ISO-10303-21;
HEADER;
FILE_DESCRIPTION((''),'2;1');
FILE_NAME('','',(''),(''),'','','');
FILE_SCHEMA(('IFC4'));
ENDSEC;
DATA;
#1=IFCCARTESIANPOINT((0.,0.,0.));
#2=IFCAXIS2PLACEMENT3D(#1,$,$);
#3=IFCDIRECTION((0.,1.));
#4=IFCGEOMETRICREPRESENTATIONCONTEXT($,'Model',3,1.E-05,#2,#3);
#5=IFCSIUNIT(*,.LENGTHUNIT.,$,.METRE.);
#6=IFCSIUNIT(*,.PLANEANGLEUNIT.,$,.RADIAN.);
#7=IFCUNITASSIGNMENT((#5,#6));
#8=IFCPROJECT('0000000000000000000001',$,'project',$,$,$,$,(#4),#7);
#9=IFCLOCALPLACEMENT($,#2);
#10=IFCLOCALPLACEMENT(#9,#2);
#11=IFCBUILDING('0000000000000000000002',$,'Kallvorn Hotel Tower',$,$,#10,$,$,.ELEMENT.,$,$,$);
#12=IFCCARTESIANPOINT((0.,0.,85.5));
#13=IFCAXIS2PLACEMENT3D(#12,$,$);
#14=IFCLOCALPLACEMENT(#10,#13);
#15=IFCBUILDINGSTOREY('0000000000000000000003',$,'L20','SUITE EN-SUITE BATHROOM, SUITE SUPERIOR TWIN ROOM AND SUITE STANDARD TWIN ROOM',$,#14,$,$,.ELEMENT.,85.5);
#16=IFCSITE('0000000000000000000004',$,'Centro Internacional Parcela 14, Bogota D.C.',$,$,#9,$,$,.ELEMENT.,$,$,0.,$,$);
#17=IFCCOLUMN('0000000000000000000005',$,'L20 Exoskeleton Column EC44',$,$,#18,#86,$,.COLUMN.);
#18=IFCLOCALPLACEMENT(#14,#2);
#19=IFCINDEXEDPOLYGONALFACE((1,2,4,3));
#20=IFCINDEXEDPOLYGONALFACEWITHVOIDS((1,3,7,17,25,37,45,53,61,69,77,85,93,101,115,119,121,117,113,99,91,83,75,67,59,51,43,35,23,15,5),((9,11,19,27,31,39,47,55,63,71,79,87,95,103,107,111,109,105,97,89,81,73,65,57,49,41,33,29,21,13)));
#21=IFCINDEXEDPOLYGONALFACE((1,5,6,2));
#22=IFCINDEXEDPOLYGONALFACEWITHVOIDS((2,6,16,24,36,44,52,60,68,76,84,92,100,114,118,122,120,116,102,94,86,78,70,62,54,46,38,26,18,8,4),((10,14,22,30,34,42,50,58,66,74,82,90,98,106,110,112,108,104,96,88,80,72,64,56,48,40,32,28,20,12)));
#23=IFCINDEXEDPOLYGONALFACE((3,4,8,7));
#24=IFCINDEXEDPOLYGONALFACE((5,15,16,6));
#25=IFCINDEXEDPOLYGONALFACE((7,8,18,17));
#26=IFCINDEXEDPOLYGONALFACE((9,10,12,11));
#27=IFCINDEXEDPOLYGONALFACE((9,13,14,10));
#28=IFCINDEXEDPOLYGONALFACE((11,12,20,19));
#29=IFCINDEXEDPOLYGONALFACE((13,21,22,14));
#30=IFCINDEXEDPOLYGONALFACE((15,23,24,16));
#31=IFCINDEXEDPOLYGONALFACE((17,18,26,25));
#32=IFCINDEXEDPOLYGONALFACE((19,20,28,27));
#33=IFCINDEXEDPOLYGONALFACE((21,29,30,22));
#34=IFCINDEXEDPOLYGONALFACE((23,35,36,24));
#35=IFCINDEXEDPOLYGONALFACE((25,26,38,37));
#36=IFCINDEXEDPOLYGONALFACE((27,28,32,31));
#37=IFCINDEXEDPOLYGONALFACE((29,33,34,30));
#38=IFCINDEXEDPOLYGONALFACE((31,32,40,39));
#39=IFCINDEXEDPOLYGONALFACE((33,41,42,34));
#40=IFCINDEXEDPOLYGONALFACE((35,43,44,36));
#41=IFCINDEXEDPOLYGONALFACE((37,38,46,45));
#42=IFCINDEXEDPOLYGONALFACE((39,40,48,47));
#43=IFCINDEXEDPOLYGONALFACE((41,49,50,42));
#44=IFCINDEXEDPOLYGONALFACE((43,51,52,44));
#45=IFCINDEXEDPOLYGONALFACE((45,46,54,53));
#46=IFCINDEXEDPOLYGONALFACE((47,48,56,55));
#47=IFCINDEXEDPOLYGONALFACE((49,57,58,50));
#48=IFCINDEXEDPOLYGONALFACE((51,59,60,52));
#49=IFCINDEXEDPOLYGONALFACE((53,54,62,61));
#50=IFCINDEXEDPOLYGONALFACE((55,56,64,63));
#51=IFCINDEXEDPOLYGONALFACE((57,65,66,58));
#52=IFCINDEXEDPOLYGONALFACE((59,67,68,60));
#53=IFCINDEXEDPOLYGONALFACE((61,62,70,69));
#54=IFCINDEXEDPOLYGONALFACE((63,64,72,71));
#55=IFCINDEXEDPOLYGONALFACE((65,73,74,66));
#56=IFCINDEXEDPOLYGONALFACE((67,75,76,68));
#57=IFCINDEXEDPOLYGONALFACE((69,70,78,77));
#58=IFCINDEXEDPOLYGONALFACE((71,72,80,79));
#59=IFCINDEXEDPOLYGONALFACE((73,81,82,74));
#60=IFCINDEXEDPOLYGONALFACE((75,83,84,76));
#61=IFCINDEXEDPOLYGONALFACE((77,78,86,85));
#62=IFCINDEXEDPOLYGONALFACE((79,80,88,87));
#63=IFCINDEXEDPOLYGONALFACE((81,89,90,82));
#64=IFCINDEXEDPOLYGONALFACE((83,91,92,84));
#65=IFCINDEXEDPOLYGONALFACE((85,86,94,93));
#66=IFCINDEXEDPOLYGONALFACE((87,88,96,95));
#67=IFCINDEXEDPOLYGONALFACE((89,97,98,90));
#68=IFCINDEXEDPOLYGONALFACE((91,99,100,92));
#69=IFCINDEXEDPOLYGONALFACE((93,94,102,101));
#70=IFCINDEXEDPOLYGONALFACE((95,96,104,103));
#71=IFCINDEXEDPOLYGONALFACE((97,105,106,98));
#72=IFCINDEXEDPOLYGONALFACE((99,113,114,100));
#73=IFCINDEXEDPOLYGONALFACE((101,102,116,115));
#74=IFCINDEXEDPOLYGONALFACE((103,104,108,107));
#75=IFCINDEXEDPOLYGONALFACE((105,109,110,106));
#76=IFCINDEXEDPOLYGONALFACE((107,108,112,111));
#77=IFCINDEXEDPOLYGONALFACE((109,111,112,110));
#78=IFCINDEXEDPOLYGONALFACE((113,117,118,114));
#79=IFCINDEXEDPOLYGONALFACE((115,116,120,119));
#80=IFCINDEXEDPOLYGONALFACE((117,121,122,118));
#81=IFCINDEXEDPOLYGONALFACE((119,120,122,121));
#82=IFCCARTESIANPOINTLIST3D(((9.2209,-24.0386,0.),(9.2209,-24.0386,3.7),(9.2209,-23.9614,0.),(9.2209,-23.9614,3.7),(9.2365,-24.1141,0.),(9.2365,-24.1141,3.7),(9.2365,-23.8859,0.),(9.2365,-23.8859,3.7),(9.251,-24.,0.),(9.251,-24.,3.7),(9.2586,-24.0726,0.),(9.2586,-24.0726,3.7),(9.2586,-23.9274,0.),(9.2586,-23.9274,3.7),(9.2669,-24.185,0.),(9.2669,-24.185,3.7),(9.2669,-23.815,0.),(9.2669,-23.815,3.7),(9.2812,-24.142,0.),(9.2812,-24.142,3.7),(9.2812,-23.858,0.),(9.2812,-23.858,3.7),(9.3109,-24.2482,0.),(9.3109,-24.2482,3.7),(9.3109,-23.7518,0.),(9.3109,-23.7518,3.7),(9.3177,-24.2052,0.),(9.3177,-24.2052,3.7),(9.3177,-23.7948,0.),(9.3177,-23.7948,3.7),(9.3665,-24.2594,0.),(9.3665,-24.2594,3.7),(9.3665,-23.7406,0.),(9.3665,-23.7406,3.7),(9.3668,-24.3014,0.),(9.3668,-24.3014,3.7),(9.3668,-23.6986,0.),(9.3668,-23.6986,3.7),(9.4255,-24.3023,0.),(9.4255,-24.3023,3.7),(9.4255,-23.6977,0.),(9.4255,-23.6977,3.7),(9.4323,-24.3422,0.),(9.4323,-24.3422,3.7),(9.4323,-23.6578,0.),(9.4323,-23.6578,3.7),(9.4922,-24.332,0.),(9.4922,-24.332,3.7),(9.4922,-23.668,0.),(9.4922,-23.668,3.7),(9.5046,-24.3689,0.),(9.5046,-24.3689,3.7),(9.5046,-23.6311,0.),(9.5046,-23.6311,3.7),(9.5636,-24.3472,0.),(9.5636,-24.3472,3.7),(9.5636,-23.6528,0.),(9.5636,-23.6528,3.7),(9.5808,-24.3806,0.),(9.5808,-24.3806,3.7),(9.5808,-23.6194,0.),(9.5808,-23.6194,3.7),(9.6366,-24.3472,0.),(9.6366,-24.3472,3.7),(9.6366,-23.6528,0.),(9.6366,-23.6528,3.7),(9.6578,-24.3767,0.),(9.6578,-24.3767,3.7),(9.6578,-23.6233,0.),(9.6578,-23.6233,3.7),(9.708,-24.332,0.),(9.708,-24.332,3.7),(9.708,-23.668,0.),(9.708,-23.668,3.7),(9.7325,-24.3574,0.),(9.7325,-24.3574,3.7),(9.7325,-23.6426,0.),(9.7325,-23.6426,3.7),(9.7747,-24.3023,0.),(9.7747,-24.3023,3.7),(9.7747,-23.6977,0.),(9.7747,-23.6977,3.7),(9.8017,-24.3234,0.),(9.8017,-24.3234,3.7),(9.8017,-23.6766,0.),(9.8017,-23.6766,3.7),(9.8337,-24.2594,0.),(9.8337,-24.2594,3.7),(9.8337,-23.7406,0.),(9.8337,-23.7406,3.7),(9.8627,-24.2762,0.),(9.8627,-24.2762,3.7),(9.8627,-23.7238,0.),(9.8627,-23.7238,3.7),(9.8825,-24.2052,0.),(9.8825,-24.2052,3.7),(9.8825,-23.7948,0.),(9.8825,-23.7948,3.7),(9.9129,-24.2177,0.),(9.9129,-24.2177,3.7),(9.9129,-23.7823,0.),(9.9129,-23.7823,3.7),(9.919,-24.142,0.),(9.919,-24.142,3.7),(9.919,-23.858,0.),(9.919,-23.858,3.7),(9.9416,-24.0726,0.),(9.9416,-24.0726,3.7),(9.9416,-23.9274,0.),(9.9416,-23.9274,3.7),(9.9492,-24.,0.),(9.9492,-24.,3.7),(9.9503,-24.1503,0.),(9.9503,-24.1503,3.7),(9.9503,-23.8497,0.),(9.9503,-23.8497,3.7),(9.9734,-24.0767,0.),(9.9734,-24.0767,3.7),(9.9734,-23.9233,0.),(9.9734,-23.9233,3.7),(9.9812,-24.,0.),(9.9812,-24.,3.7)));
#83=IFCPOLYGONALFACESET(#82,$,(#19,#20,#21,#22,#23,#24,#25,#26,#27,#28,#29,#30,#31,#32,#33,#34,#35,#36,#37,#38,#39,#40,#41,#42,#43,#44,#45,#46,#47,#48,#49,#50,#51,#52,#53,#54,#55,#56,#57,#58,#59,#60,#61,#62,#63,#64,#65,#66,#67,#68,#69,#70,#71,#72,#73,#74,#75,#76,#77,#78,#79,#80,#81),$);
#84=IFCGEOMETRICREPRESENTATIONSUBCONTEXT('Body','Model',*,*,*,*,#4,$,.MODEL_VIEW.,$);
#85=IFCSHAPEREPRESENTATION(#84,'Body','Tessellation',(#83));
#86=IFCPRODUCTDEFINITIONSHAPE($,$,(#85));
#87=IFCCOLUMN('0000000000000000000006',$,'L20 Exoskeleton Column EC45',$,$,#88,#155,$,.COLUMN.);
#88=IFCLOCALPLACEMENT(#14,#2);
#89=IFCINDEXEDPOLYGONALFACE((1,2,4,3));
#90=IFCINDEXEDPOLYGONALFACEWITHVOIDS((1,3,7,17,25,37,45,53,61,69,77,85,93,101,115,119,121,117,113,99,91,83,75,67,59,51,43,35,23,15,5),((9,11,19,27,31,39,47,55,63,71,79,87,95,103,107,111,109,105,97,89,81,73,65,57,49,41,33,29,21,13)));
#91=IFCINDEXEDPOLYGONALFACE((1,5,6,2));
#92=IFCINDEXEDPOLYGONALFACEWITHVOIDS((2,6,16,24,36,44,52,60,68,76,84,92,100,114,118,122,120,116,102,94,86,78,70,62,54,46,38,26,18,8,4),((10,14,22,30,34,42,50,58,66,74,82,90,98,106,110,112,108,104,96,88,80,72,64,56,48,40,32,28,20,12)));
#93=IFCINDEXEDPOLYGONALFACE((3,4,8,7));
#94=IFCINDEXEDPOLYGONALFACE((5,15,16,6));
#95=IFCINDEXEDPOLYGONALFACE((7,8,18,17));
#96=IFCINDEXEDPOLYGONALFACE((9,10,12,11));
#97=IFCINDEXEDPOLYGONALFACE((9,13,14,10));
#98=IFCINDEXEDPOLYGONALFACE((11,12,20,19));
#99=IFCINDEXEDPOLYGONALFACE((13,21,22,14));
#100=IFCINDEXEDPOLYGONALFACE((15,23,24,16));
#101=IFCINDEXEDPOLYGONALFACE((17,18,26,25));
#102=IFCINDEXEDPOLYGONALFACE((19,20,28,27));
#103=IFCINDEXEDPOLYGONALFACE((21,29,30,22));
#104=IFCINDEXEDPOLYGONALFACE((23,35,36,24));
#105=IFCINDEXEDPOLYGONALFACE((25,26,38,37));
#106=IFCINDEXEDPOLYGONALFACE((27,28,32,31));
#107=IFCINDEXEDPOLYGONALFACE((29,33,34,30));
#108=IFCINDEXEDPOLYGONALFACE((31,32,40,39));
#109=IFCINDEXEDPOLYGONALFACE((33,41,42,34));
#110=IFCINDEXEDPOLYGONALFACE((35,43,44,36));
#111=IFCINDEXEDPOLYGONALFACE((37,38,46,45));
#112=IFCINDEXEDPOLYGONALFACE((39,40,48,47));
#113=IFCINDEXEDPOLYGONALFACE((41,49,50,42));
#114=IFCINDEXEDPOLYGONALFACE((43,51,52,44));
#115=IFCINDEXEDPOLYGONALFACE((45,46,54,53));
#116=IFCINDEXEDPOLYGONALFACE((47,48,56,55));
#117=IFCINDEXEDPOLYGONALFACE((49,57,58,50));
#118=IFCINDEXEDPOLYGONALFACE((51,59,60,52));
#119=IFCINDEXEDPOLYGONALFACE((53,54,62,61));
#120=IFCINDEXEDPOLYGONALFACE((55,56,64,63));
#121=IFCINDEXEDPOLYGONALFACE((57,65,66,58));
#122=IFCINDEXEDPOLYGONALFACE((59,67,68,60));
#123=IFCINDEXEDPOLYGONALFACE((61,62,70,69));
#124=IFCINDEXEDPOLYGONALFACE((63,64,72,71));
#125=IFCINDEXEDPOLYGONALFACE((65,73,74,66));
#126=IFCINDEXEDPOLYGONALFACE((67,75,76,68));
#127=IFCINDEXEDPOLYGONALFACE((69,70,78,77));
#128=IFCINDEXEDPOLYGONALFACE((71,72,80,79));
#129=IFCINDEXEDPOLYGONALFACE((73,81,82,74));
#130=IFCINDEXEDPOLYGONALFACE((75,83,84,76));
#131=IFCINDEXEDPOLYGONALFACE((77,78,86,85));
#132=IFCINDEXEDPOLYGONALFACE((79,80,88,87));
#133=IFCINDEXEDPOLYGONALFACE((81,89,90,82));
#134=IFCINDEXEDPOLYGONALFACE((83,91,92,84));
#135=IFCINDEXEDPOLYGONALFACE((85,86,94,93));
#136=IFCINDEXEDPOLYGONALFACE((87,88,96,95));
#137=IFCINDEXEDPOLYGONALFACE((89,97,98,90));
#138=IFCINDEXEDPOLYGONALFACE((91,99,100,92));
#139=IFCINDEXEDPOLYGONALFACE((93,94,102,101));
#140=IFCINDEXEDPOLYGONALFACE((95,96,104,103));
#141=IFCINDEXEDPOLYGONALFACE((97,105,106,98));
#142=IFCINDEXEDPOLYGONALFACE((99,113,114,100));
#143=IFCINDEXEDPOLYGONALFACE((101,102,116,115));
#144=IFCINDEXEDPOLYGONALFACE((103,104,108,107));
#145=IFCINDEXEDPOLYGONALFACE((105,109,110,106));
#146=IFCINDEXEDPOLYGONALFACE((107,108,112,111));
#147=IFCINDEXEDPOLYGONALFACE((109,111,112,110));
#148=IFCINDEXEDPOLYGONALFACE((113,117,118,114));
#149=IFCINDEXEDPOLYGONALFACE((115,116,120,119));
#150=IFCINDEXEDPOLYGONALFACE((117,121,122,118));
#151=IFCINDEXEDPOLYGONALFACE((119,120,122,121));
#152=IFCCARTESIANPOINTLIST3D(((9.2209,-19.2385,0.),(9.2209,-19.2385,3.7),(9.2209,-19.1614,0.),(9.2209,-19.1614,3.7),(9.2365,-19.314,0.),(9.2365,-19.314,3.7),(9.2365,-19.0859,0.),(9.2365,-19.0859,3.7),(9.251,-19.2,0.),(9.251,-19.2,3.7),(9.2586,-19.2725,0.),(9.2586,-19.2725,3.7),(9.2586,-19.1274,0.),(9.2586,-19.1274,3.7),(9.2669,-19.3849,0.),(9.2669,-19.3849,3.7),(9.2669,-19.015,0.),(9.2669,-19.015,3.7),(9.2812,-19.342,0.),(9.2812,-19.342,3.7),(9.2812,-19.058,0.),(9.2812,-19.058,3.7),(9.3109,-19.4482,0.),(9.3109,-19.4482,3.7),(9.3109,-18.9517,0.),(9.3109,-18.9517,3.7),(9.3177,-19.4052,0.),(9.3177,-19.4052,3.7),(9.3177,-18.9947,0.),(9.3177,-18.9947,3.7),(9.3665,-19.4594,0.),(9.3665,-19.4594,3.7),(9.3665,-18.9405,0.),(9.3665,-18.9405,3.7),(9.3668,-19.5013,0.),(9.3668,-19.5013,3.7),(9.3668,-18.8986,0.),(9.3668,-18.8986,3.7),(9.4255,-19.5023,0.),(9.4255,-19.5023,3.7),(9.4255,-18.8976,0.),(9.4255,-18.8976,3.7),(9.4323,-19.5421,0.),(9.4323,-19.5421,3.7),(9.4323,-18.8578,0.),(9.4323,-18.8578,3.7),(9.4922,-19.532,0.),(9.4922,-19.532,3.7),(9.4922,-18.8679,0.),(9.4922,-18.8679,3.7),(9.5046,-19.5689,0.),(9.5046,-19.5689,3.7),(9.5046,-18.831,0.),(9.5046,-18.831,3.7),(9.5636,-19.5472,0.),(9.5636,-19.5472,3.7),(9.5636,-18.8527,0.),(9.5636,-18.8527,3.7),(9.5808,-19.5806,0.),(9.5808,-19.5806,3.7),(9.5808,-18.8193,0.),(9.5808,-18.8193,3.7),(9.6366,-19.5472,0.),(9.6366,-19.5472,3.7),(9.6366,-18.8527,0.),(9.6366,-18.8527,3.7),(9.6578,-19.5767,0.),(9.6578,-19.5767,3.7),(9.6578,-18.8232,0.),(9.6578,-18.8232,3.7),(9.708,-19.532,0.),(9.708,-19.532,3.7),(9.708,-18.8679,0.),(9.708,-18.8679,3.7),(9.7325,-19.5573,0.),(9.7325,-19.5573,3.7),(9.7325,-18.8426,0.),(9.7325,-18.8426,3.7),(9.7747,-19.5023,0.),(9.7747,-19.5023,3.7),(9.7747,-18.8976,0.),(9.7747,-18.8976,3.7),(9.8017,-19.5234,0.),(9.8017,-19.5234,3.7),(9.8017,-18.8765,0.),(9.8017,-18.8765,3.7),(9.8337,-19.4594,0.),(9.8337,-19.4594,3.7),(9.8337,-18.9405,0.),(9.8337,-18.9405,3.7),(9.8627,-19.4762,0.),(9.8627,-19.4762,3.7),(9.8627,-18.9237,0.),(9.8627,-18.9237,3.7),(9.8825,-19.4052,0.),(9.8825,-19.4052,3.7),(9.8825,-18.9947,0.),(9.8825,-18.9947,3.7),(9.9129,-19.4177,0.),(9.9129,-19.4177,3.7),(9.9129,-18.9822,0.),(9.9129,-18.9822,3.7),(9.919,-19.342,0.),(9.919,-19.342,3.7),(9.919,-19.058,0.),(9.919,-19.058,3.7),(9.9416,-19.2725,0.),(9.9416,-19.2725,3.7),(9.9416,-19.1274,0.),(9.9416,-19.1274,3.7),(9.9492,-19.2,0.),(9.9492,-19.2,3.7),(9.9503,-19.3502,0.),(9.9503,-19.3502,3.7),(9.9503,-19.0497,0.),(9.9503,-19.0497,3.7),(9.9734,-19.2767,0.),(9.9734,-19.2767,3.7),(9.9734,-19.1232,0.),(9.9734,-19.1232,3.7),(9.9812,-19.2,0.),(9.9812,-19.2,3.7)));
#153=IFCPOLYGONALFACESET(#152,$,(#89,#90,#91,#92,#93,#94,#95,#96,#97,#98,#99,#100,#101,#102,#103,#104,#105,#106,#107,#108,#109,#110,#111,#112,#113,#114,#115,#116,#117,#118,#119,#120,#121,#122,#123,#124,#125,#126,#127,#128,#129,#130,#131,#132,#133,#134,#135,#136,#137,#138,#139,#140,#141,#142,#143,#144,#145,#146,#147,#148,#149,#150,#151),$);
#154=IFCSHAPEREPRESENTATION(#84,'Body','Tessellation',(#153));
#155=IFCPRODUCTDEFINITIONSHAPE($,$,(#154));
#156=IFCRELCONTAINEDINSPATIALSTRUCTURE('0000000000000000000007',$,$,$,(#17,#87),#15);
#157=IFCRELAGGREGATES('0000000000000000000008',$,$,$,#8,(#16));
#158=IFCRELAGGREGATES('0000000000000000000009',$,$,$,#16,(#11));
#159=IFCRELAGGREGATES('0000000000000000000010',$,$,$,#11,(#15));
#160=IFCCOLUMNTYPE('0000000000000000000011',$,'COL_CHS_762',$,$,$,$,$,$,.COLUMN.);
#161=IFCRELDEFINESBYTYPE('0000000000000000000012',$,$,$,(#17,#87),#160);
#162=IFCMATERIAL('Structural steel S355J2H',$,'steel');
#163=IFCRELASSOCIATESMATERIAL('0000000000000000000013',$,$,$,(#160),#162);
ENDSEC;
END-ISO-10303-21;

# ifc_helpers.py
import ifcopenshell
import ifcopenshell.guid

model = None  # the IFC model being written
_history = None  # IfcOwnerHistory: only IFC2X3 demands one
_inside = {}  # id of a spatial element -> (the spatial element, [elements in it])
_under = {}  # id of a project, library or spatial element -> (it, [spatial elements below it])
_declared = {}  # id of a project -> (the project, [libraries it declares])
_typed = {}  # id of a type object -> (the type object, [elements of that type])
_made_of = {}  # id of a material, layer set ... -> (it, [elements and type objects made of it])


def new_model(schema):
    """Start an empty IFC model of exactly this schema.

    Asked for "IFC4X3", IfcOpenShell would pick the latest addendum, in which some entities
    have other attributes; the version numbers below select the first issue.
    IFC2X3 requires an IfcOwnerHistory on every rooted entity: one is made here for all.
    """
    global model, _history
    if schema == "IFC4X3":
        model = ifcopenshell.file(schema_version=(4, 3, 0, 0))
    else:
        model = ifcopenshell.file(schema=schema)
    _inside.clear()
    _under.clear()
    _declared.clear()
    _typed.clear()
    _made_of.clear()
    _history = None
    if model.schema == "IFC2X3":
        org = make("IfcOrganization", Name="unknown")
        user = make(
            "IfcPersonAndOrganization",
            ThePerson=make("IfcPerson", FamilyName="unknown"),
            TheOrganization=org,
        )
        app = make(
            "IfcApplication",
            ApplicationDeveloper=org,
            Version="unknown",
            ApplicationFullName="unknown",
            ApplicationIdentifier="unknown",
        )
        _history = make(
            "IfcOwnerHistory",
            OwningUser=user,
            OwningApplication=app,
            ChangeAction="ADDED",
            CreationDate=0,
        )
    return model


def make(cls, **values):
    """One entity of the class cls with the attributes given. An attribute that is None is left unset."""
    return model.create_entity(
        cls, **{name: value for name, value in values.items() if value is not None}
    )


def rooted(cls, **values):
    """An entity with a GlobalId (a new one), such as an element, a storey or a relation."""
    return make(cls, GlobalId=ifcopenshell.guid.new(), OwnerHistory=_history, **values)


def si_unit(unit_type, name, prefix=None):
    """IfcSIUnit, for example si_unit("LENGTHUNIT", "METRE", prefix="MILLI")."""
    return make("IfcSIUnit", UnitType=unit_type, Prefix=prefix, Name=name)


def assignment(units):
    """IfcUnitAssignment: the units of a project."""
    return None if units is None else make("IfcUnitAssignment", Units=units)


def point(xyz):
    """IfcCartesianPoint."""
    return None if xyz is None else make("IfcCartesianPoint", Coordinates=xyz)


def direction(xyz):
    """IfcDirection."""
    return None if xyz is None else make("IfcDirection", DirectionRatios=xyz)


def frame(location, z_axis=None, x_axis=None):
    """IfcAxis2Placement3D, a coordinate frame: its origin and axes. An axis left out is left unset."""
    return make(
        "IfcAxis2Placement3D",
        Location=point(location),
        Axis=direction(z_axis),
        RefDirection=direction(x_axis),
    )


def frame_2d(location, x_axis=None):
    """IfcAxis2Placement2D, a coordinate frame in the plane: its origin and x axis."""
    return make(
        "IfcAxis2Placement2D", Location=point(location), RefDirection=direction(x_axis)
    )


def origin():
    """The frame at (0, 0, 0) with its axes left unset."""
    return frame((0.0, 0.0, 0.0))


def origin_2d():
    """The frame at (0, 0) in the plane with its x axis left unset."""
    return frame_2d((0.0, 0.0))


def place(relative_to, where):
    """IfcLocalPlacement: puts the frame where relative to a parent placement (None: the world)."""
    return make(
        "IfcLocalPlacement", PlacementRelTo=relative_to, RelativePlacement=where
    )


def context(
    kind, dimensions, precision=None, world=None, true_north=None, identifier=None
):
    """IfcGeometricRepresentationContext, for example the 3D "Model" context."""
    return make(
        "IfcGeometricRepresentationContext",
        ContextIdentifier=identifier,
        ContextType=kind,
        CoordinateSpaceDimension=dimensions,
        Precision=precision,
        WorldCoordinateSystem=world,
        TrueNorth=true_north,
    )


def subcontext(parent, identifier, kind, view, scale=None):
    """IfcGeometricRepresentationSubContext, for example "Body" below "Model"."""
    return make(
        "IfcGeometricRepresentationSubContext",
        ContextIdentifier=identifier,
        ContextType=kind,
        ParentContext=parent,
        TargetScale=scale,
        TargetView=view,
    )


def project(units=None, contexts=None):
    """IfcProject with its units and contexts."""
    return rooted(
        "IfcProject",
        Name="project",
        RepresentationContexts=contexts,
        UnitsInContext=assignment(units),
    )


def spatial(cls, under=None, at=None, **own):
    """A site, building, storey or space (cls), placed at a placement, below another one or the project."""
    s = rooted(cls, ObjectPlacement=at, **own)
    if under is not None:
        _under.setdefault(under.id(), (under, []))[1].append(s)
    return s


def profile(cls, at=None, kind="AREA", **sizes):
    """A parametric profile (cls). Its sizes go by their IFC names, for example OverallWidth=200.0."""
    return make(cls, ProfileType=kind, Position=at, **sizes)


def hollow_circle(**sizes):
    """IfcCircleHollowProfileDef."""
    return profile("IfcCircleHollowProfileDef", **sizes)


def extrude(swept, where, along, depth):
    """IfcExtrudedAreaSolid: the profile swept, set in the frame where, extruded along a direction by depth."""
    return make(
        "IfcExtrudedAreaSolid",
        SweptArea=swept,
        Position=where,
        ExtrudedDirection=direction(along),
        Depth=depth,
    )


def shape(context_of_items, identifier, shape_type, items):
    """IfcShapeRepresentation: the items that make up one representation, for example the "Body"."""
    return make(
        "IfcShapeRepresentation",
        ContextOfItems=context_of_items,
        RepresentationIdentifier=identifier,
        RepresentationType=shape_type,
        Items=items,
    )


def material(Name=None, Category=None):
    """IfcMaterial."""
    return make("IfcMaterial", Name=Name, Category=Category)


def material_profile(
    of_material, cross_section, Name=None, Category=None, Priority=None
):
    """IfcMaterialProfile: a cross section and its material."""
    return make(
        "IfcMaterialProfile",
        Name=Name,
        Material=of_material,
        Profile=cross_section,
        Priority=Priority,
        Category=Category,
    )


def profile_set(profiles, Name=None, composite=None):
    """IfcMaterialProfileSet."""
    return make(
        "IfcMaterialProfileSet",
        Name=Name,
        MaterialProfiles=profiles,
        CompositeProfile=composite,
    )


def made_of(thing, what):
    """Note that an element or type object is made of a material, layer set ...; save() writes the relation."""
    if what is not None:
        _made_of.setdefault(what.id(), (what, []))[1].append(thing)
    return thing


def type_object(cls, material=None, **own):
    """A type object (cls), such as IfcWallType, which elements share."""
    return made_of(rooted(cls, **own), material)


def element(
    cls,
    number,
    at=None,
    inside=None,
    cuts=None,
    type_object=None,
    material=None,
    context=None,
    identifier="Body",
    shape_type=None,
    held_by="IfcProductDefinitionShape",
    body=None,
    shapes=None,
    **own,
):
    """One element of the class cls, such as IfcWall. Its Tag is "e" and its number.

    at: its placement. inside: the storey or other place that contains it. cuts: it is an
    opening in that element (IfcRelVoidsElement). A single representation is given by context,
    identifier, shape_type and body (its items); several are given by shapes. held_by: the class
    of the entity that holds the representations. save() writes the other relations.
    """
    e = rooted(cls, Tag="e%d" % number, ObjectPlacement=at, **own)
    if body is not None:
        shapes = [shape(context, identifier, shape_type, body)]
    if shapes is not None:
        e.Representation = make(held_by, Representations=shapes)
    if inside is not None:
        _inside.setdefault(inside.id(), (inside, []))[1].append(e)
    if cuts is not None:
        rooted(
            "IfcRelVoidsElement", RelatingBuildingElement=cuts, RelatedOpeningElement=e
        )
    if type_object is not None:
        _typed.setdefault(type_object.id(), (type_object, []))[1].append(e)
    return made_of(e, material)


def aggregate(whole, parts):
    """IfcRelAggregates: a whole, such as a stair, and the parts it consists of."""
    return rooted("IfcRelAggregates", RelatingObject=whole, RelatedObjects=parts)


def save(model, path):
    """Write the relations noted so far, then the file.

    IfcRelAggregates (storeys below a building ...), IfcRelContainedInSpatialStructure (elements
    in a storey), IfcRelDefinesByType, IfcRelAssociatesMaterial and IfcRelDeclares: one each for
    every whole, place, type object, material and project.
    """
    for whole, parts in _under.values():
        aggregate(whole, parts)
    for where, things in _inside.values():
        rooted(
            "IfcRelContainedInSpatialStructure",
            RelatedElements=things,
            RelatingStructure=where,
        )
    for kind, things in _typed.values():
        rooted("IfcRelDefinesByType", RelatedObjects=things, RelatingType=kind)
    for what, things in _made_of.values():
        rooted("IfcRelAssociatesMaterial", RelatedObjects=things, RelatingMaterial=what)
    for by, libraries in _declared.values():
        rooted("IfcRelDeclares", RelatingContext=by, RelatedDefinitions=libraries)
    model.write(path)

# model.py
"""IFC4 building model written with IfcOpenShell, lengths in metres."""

from ifc_helpers import new_model, si_unit, direction, frame, origin, origin_2d, place, context, subcontext, project, spatial, hollow_circle, extrude, material, material_profile, profile_set, type_object, element, save


model = new_model("IFC4")

# Units and contexts
model_context = context("Model", 3, precision=1e-05, world=origin(), true_north=direction((0.0, 1.0)))
body_context = subcontext(model_context, "Body", "Model", "MODEL_VIEW")
ifc_project = project(units=[si_unit("LENGTHUNIT", "METRE"), si_unit("PLANEANGLEUNIT", "RADIAN")], contexts=[model_context])

# Site, building, storey
site_placement = place(None, origin())
site = spatial("IfcSite", under=ifc_project, at=site_placement, Name="Centro Internacional Parcela 14, Bogota D.C.", CompositionType="ELEMENT", RefElevation=0.0)
building_placement = place(site_placement, origin())
building = spatial("IfcBuilding", under=site, at=building_placement, Name="Kallvorn Hotel Tower", CompositionType="ELEMENT")
storey_placement = place(building_placement, frame((0.0, 0.0, 85.5)))
storey = spatial("IfcBuildingStorey", under=building, at=storey_placement, Name="L20", Description="SUITE EN-SUITE BATHROOM, SUITE SUPERIOR TWIN ROOM AND SUITE STANDARD TWIN ROOM", CompositionType="ELEMENT", Elevation=85.5)

# Columns
ifc_material_1 = material(Name="Structural steel S355J2H", Category="steel")
ifc_material_profile_1 = material_profile(ifc_material_1, hollow_circle(Radius=0.3811, WallThickness=0.032, at=origin_2d()), Name="CHS 762x32")
ifc_profile_set_1 = profile_set([ifc_material_profile_1], Name="Structural steel S355J2H")
column_type = type_object("IfcColumnType", Name="COL_CHS_762", PredefinedType="COLUMN", material=ifc_profile_set_1)
for number, where, z_axis, x_axis, name in (
    (1, (9.6001, -24.0, 0.0), (0.0, 0.0, 1.0), (1.0, 0.0, 0.0), "L20 Exoskeleton Column EC44"),
    (2, (9.6001, -19.2, 0.0), (0.0, 0.0, 1.0), (1.0, 0.0, 0.0), "L20 Exoskeleton Column EC45"),
):
    element("IfcColumn", number, at=place(storey_placement, frame(where, z_axis=z_axis, x_axis=x_axis)), inside=storey, type_object=column_type, Name=name, PredefinedType="COLUMN", context=body_context, shape_type="SweptSolid", body=[
        extrude(hollow_circle(Radius=0.3811, WallThickness=0.032, at=origin_2d()), origin(), (0.0, 0.0, 1.0), 3.7),
    ])

save(model, "model.ifc")
